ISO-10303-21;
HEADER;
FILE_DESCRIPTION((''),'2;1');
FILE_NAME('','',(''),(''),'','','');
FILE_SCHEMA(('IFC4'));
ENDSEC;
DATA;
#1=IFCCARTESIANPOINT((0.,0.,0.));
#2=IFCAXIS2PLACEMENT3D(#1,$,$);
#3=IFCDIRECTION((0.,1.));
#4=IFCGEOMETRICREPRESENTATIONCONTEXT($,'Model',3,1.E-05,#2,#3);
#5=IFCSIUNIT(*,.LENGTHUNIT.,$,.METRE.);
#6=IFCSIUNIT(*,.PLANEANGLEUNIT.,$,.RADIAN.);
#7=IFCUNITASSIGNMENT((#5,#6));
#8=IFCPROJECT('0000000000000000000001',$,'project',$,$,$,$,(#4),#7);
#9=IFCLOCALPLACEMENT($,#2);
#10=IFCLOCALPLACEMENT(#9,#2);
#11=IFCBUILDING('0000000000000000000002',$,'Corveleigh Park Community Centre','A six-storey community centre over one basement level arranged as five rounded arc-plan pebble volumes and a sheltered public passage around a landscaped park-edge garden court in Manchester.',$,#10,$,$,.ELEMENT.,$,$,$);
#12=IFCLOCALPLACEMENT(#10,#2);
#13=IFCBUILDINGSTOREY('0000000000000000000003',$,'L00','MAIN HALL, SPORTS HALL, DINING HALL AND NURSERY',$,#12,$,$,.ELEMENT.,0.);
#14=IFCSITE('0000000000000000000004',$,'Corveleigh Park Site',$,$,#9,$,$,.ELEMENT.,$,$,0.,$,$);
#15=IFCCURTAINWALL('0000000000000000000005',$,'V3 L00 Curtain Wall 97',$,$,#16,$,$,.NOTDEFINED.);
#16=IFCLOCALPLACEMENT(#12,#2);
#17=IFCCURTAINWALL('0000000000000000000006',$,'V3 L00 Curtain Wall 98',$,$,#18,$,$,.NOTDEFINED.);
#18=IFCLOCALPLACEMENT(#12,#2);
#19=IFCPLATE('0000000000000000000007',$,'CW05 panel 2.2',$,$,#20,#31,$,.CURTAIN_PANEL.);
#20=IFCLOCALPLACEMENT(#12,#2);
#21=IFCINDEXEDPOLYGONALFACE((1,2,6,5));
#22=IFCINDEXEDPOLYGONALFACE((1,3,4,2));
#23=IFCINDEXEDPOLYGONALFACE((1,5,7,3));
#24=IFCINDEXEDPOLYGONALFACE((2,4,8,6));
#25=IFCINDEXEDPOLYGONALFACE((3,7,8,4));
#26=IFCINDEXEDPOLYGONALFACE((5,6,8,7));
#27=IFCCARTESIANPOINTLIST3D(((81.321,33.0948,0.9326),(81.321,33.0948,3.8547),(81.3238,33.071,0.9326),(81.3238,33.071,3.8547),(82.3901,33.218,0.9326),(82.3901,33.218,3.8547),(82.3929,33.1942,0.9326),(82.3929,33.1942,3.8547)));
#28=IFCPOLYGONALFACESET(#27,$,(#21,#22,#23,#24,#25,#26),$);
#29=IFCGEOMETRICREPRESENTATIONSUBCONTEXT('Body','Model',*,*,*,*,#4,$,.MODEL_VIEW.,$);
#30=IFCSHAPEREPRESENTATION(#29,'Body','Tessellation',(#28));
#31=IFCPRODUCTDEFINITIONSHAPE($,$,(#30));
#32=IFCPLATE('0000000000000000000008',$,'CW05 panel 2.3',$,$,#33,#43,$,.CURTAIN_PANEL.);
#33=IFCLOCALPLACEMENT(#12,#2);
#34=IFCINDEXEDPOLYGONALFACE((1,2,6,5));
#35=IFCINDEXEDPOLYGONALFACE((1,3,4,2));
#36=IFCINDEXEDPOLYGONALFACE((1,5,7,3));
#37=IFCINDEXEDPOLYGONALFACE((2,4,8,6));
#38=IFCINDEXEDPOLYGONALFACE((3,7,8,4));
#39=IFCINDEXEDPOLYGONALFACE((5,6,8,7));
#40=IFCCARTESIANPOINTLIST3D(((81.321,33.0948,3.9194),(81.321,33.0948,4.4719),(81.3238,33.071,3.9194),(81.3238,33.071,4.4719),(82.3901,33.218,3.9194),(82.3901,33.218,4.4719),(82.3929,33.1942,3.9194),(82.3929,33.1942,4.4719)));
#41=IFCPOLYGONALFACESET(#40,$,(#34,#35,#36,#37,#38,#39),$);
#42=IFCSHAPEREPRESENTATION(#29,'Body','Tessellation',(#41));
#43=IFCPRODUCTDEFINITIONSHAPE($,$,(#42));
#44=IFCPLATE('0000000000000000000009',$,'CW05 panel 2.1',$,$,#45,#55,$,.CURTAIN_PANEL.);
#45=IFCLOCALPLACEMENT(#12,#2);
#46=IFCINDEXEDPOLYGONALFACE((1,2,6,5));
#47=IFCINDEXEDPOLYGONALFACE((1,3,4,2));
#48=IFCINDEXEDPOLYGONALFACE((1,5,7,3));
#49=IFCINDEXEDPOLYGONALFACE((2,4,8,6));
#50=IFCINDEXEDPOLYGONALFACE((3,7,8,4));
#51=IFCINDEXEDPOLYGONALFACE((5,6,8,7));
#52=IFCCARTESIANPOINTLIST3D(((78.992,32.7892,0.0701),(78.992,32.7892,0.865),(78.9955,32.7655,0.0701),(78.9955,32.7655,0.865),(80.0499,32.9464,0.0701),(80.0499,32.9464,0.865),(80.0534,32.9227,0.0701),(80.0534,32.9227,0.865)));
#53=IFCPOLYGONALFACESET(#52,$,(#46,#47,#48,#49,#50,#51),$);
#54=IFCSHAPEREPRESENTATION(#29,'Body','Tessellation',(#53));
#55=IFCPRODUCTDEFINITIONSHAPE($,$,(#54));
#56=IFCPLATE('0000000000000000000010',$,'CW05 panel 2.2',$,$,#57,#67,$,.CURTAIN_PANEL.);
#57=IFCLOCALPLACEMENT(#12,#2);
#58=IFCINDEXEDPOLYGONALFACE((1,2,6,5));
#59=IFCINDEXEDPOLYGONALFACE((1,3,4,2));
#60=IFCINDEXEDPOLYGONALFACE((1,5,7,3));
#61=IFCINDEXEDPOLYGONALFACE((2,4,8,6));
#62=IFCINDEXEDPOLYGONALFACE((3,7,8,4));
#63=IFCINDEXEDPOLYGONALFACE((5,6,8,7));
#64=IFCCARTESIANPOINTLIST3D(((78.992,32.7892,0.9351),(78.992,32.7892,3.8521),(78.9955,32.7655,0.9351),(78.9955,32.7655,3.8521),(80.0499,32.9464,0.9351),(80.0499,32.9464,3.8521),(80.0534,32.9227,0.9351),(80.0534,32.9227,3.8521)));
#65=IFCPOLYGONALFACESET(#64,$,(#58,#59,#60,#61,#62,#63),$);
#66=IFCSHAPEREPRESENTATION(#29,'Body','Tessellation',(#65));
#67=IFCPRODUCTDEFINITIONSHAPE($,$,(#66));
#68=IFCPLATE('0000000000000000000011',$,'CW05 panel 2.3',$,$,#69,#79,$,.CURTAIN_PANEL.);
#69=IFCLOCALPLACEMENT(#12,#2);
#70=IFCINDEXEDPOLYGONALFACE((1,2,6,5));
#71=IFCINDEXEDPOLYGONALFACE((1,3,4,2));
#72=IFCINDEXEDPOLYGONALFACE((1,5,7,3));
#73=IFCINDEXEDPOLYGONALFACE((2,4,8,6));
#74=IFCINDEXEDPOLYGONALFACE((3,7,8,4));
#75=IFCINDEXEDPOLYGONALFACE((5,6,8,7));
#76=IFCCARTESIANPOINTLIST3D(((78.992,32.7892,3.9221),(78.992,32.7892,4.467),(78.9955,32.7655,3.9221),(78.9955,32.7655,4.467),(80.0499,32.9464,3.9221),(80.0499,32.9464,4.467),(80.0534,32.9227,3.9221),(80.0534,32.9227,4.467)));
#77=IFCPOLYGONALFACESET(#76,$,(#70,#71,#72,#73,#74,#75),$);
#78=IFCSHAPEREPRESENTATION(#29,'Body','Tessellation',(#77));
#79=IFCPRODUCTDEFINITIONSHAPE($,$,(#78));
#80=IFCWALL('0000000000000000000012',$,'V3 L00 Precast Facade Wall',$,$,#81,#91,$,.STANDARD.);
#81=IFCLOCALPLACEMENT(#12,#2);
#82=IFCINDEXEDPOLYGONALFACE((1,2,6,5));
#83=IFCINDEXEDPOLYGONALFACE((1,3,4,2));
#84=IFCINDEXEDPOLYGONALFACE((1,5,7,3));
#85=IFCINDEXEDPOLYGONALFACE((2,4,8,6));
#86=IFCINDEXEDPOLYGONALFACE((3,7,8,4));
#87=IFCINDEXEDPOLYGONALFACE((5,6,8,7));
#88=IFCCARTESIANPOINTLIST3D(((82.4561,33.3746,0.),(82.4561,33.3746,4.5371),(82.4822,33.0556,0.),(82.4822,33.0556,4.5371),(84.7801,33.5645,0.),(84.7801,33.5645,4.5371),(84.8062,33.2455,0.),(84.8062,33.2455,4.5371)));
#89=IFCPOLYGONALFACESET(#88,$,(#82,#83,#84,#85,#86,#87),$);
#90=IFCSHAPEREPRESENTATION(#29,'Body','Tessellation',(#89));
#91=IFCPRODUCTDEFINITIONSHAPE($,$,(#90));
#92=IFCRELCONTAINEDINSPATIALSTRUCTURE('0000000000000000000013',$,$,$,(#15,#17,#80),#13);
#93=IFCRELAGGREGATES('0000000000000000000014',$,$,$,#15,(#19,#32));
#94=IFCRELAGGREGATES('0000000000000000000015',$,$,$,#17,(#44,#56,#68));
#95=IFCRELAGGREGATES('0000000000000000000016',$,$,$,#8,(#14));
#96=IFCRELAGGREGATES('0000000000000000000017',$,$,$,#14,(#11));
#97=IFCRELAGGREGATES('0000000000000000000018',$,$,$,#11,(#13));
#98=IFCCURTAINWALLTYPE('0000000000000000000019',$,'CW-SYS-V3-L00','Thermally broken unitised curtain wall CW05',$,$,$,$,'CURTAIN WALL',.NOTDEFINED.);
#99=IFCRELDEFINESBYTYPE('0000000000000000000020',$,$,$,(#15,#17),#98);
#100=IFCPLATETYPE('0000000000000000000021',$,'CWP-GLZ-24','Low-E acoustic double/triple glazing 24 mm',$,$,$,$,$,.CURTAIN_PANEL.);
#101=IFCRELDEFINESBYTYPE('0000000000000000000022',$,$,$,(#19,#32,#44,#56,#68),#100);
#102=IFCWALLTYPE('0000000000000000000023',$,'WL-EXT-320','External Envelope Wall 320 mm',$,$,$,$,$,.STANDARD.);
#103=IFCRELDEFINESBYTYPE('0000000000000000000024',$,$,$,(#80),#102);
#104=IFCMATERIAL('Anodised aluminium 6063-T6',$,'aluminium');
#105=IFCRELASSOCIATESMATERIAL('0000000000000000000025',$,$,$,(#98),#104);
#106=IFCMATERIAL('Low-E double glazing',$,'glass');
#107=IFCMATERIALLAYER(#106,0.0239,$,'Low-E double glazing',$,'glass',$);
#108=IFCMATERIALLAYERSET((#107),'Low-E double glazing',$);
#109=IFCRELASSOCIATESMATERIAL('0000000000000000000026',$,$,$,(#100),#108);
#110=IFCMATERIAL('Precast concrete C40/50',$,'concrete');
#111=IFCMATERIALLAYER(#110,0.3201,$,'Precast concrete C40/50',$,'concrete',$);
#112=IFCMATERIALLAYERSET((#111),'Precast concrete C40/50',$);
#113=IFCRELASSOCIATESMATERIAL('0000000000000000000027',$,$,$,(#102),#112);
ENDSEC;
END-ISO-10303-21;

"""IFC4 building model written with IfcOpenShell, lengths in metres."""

from ifc_helpers import new_model, si_unit, direction, frame, frame_2d, origin, origin_2d, place, context, subcontext, project, spatial, rectangle, extrude, material, layer, layer_set, type_object, element, aggregate, save


model = new_model("IFC4")

# Units and contexts
model_context = context("Model", 3, precision=1e-05, world=origin(), true_north=direction((0.0, 1.0)))
body_context = subcontext(model_context, "Body", "Model", "MODEL_VIEW")
ifc_project = project(units=[si_unit("LENGTHUNIT", "METRE"), si_unit("PLANEANGLEUNIT", "RADIAN")], contexts=[model_context])

# Site, building, storey
site_placement = place(None, origin())
site = spatial("IfcSite", under=ifc_project, at=site_placement, Name="Corveleigh Park Site", CompositionType="ELEMENT", RefElevation=0.0)
building_placement = place(site_placement, origin())
building = spatial("IfcBuilding", under=site, at=building_placement, Name="Corveleigh Park Community Centre", Description="A six-storey community centre over one basement level arranged as five rounded arc-plan pebble volumes and a sheltered public passage around a landscaped park-edge garden court in Manchester.", CompositionType="ELEMENT")
storey_placement = place(building_placement, origin())
storey = spatial("IfcBuildingStorey", under=building, at=storey_placement, Name="L00", Description="MAIN HALL, SPORTS HALL, DINING HALL AND NURSERY", CompositionType="ELEMENT", Elevation=0.0)

# Curtain wall
ifc_material_1 = material(Name="Anodised aluminium 6063-T6", Category="aluminium")
curtain_wall_type = type_object("IfcCurtainWallType", Name="CW-SYS-V3-L00", Description="Thermally broken unitised curtain wall CW05", ElementType="CURTAIN WALL", PredefinedType="NOTDEFINED", material=ifc_material_1)
curtain_wall_1_placement = place(storey_placement, origin())
curtain_wall_1 = element("IfcCurtainWall", 1, at=curtain_wall_1_placement, inside=storey, type_object=curtain_wall_type, Name="V3 L00 Curtain Wall 97", PredefinedType="NOTDEFINED")

# Curtain wall
curtain_wall_2_placement = place(storey_placement, origin())
curtain_wall_2 = element("IfcCurtainWall", 2, at=curtain_wall_2_placement, inside=storey, type_object=curtain_wall_type, Name="V3 L00 Curtain Wall 98", PredefinedType="NOTDEFINED")

# Plates
ifc_material_2 = material(Name="Low-E double glazing", Category="glass")
ifc_layer_1 = layer(ifc_material_2, 0.0239, Name="Low-E double glazing", Category="glass")
ifc_layer_set_1 = layer_set([ifc_layer_1], Name="Low-E double glazing")
plate_type = type_object("IfcPlateType", Name="CWP-GLZ-24", Description="Low-E acoustic double/triple glazing 24 mm", PredefinedType="CURTAIN_PANEL", material=ifc_layer_set_1)
plate_1_placement = place(storey_placement, frame((81.8569, 33.1445, 0.9326), z_axis=(0.0, 0.0, 1.0), x_axis=(0.993426, 0.114478, 0.0)))
plate_1 = element("IfcPlate", 3, at=plate_1_placement, type_object=plate_type, Name="CW05 panel 2.2", PredefinedType="CURTAIN_PANEL", context=body_context, shape_type="SweptSolid", body=[
    extrude(rectangle(XDim=1.0762, YDim=0.0239, at=origin_2d()), origin(), (0.0, 0.0, 1.0), 2.9221),
])
plate_2_placement = place(storey_placement, frame((81.8569, 33.1445, 3.9194), z_axis=(0.0, 0.0, 1.0), x_axis=(0.993426, 0.114478, 0.0)))
plate_2 = element("IfcPlate", 4, at=plate_2_placement, type_object=plate_type, Name="CW05 panel 2.3", PredefinedType="CURTAIN_PANEL", context=body_context, shape_type="SweptSolid", body=[
    extrude(rectangle(XDim=1.0762, YDim=0.0239, at=origin_2d()), origin(), (0.0, 0.0, 1.0), 0.5525),
])
aggregate(curtain_wall_1, [plate_1, plate_2])
plate_3_placement = place(storey_placement, frame((79.5227, 32.856, 0.0701), z_axis=(0.0, 0.0, 1.0), x_axis=(0.989146, 0.146937, 0.0)))
plate_3 = element("IfcPlate", 5, at=plate_3_placement, type_object=plate_type, Name="CW05 panel 2.1", PredefinedType="CURTAIN_PANEL", context=body_context, shape_type="SweptSolid", body=[
    extrude(rectangle(XDim=1.0696, YDim=0.0239, at=origin_2d()), origin(), (0.0, 0.0, 1.0), 0.7949),
])
plate_4_placement = place(storey_placement, frame((79.5227, 32.856, 0.9351), z_axis=(0.0, 0.0, 1.0), x_axis=(0.989146, 0.146937, 0.0)))
plate_4 = element("IfcPlate", 6, at=plate_4_placement, type_object=plate_type, Name="CW05 panel 2.2", PredefinedType="CURTAIN_PANEL", context=body_context, shape_type="SweptSolid", body=[
    extrude(rectangle(XDim=1.0696, YDim=0.0239, at=origin_2d()), origin(), (0.0, 0.0, 1.0), 2.917),
])
plate_5_placement = place(storey_placement, frame((79.5227, 32.856, 3.9221), z_axis=(0.0, 0.0, 1.0), x_axis=(0.989146, 0.146937, 0.0)))
plate_5 = element("IfcPlate", 7, at=plate_5_placement, type_object=plate_type, Name="CW05 panel 2.3", PredefinedType="CURTAIN_PANEL", context=body_context, shape_type="SweptSolid", body=[
    extrude(rectangle(XDim=1.0696, YDim=0.0239, at=origin_2d()), origin(), (0.0, 0.0, 1.0), 0.5449),
])
aggregate(curtain_wall_2, [plate_3, plate_4, plate_5])

# Wall
ifc_material_3 = material(Name="Precast concrete C40/50", Category="concrete")
ifc_layer_2 = layer(ifc_material_3, 0.3201, Name="Precast concrete C40/50", Category="concrete")
ifc_layer_set_2 = layer_set([ifc_layer_2], Name="Precast concrete C40/50")
wall_type = type_object("IfcWallType", Name="WL-EXT-320", Description="External Envelope Wall 320 mm", PredefinedType="STANDARD", material=ifc_layer_set_2)
wall_placement = place(storey_placement, frame((82.469, 33.2151, 0.0), z_axis=(0.0, 0.0, 1.0), x_axis=(0.996677, 0.08146, 0.0)))
element("IfcWall", 8, at=wall_placement, inside=storey, type_object=wall_type, Name="V3 L00 Precast Facade Wall", PredefinedType="STANDARD", context=body_context, shape_type="SweptSolid", body=[
    extrude(rectangle(XDim=2.3318, YDim=0.3201, at=frame_2d((1.166, 0.0))), origin(), (0.0, 0.0, 1.0), 4.5371),
])

save(model, "model.ifc")
